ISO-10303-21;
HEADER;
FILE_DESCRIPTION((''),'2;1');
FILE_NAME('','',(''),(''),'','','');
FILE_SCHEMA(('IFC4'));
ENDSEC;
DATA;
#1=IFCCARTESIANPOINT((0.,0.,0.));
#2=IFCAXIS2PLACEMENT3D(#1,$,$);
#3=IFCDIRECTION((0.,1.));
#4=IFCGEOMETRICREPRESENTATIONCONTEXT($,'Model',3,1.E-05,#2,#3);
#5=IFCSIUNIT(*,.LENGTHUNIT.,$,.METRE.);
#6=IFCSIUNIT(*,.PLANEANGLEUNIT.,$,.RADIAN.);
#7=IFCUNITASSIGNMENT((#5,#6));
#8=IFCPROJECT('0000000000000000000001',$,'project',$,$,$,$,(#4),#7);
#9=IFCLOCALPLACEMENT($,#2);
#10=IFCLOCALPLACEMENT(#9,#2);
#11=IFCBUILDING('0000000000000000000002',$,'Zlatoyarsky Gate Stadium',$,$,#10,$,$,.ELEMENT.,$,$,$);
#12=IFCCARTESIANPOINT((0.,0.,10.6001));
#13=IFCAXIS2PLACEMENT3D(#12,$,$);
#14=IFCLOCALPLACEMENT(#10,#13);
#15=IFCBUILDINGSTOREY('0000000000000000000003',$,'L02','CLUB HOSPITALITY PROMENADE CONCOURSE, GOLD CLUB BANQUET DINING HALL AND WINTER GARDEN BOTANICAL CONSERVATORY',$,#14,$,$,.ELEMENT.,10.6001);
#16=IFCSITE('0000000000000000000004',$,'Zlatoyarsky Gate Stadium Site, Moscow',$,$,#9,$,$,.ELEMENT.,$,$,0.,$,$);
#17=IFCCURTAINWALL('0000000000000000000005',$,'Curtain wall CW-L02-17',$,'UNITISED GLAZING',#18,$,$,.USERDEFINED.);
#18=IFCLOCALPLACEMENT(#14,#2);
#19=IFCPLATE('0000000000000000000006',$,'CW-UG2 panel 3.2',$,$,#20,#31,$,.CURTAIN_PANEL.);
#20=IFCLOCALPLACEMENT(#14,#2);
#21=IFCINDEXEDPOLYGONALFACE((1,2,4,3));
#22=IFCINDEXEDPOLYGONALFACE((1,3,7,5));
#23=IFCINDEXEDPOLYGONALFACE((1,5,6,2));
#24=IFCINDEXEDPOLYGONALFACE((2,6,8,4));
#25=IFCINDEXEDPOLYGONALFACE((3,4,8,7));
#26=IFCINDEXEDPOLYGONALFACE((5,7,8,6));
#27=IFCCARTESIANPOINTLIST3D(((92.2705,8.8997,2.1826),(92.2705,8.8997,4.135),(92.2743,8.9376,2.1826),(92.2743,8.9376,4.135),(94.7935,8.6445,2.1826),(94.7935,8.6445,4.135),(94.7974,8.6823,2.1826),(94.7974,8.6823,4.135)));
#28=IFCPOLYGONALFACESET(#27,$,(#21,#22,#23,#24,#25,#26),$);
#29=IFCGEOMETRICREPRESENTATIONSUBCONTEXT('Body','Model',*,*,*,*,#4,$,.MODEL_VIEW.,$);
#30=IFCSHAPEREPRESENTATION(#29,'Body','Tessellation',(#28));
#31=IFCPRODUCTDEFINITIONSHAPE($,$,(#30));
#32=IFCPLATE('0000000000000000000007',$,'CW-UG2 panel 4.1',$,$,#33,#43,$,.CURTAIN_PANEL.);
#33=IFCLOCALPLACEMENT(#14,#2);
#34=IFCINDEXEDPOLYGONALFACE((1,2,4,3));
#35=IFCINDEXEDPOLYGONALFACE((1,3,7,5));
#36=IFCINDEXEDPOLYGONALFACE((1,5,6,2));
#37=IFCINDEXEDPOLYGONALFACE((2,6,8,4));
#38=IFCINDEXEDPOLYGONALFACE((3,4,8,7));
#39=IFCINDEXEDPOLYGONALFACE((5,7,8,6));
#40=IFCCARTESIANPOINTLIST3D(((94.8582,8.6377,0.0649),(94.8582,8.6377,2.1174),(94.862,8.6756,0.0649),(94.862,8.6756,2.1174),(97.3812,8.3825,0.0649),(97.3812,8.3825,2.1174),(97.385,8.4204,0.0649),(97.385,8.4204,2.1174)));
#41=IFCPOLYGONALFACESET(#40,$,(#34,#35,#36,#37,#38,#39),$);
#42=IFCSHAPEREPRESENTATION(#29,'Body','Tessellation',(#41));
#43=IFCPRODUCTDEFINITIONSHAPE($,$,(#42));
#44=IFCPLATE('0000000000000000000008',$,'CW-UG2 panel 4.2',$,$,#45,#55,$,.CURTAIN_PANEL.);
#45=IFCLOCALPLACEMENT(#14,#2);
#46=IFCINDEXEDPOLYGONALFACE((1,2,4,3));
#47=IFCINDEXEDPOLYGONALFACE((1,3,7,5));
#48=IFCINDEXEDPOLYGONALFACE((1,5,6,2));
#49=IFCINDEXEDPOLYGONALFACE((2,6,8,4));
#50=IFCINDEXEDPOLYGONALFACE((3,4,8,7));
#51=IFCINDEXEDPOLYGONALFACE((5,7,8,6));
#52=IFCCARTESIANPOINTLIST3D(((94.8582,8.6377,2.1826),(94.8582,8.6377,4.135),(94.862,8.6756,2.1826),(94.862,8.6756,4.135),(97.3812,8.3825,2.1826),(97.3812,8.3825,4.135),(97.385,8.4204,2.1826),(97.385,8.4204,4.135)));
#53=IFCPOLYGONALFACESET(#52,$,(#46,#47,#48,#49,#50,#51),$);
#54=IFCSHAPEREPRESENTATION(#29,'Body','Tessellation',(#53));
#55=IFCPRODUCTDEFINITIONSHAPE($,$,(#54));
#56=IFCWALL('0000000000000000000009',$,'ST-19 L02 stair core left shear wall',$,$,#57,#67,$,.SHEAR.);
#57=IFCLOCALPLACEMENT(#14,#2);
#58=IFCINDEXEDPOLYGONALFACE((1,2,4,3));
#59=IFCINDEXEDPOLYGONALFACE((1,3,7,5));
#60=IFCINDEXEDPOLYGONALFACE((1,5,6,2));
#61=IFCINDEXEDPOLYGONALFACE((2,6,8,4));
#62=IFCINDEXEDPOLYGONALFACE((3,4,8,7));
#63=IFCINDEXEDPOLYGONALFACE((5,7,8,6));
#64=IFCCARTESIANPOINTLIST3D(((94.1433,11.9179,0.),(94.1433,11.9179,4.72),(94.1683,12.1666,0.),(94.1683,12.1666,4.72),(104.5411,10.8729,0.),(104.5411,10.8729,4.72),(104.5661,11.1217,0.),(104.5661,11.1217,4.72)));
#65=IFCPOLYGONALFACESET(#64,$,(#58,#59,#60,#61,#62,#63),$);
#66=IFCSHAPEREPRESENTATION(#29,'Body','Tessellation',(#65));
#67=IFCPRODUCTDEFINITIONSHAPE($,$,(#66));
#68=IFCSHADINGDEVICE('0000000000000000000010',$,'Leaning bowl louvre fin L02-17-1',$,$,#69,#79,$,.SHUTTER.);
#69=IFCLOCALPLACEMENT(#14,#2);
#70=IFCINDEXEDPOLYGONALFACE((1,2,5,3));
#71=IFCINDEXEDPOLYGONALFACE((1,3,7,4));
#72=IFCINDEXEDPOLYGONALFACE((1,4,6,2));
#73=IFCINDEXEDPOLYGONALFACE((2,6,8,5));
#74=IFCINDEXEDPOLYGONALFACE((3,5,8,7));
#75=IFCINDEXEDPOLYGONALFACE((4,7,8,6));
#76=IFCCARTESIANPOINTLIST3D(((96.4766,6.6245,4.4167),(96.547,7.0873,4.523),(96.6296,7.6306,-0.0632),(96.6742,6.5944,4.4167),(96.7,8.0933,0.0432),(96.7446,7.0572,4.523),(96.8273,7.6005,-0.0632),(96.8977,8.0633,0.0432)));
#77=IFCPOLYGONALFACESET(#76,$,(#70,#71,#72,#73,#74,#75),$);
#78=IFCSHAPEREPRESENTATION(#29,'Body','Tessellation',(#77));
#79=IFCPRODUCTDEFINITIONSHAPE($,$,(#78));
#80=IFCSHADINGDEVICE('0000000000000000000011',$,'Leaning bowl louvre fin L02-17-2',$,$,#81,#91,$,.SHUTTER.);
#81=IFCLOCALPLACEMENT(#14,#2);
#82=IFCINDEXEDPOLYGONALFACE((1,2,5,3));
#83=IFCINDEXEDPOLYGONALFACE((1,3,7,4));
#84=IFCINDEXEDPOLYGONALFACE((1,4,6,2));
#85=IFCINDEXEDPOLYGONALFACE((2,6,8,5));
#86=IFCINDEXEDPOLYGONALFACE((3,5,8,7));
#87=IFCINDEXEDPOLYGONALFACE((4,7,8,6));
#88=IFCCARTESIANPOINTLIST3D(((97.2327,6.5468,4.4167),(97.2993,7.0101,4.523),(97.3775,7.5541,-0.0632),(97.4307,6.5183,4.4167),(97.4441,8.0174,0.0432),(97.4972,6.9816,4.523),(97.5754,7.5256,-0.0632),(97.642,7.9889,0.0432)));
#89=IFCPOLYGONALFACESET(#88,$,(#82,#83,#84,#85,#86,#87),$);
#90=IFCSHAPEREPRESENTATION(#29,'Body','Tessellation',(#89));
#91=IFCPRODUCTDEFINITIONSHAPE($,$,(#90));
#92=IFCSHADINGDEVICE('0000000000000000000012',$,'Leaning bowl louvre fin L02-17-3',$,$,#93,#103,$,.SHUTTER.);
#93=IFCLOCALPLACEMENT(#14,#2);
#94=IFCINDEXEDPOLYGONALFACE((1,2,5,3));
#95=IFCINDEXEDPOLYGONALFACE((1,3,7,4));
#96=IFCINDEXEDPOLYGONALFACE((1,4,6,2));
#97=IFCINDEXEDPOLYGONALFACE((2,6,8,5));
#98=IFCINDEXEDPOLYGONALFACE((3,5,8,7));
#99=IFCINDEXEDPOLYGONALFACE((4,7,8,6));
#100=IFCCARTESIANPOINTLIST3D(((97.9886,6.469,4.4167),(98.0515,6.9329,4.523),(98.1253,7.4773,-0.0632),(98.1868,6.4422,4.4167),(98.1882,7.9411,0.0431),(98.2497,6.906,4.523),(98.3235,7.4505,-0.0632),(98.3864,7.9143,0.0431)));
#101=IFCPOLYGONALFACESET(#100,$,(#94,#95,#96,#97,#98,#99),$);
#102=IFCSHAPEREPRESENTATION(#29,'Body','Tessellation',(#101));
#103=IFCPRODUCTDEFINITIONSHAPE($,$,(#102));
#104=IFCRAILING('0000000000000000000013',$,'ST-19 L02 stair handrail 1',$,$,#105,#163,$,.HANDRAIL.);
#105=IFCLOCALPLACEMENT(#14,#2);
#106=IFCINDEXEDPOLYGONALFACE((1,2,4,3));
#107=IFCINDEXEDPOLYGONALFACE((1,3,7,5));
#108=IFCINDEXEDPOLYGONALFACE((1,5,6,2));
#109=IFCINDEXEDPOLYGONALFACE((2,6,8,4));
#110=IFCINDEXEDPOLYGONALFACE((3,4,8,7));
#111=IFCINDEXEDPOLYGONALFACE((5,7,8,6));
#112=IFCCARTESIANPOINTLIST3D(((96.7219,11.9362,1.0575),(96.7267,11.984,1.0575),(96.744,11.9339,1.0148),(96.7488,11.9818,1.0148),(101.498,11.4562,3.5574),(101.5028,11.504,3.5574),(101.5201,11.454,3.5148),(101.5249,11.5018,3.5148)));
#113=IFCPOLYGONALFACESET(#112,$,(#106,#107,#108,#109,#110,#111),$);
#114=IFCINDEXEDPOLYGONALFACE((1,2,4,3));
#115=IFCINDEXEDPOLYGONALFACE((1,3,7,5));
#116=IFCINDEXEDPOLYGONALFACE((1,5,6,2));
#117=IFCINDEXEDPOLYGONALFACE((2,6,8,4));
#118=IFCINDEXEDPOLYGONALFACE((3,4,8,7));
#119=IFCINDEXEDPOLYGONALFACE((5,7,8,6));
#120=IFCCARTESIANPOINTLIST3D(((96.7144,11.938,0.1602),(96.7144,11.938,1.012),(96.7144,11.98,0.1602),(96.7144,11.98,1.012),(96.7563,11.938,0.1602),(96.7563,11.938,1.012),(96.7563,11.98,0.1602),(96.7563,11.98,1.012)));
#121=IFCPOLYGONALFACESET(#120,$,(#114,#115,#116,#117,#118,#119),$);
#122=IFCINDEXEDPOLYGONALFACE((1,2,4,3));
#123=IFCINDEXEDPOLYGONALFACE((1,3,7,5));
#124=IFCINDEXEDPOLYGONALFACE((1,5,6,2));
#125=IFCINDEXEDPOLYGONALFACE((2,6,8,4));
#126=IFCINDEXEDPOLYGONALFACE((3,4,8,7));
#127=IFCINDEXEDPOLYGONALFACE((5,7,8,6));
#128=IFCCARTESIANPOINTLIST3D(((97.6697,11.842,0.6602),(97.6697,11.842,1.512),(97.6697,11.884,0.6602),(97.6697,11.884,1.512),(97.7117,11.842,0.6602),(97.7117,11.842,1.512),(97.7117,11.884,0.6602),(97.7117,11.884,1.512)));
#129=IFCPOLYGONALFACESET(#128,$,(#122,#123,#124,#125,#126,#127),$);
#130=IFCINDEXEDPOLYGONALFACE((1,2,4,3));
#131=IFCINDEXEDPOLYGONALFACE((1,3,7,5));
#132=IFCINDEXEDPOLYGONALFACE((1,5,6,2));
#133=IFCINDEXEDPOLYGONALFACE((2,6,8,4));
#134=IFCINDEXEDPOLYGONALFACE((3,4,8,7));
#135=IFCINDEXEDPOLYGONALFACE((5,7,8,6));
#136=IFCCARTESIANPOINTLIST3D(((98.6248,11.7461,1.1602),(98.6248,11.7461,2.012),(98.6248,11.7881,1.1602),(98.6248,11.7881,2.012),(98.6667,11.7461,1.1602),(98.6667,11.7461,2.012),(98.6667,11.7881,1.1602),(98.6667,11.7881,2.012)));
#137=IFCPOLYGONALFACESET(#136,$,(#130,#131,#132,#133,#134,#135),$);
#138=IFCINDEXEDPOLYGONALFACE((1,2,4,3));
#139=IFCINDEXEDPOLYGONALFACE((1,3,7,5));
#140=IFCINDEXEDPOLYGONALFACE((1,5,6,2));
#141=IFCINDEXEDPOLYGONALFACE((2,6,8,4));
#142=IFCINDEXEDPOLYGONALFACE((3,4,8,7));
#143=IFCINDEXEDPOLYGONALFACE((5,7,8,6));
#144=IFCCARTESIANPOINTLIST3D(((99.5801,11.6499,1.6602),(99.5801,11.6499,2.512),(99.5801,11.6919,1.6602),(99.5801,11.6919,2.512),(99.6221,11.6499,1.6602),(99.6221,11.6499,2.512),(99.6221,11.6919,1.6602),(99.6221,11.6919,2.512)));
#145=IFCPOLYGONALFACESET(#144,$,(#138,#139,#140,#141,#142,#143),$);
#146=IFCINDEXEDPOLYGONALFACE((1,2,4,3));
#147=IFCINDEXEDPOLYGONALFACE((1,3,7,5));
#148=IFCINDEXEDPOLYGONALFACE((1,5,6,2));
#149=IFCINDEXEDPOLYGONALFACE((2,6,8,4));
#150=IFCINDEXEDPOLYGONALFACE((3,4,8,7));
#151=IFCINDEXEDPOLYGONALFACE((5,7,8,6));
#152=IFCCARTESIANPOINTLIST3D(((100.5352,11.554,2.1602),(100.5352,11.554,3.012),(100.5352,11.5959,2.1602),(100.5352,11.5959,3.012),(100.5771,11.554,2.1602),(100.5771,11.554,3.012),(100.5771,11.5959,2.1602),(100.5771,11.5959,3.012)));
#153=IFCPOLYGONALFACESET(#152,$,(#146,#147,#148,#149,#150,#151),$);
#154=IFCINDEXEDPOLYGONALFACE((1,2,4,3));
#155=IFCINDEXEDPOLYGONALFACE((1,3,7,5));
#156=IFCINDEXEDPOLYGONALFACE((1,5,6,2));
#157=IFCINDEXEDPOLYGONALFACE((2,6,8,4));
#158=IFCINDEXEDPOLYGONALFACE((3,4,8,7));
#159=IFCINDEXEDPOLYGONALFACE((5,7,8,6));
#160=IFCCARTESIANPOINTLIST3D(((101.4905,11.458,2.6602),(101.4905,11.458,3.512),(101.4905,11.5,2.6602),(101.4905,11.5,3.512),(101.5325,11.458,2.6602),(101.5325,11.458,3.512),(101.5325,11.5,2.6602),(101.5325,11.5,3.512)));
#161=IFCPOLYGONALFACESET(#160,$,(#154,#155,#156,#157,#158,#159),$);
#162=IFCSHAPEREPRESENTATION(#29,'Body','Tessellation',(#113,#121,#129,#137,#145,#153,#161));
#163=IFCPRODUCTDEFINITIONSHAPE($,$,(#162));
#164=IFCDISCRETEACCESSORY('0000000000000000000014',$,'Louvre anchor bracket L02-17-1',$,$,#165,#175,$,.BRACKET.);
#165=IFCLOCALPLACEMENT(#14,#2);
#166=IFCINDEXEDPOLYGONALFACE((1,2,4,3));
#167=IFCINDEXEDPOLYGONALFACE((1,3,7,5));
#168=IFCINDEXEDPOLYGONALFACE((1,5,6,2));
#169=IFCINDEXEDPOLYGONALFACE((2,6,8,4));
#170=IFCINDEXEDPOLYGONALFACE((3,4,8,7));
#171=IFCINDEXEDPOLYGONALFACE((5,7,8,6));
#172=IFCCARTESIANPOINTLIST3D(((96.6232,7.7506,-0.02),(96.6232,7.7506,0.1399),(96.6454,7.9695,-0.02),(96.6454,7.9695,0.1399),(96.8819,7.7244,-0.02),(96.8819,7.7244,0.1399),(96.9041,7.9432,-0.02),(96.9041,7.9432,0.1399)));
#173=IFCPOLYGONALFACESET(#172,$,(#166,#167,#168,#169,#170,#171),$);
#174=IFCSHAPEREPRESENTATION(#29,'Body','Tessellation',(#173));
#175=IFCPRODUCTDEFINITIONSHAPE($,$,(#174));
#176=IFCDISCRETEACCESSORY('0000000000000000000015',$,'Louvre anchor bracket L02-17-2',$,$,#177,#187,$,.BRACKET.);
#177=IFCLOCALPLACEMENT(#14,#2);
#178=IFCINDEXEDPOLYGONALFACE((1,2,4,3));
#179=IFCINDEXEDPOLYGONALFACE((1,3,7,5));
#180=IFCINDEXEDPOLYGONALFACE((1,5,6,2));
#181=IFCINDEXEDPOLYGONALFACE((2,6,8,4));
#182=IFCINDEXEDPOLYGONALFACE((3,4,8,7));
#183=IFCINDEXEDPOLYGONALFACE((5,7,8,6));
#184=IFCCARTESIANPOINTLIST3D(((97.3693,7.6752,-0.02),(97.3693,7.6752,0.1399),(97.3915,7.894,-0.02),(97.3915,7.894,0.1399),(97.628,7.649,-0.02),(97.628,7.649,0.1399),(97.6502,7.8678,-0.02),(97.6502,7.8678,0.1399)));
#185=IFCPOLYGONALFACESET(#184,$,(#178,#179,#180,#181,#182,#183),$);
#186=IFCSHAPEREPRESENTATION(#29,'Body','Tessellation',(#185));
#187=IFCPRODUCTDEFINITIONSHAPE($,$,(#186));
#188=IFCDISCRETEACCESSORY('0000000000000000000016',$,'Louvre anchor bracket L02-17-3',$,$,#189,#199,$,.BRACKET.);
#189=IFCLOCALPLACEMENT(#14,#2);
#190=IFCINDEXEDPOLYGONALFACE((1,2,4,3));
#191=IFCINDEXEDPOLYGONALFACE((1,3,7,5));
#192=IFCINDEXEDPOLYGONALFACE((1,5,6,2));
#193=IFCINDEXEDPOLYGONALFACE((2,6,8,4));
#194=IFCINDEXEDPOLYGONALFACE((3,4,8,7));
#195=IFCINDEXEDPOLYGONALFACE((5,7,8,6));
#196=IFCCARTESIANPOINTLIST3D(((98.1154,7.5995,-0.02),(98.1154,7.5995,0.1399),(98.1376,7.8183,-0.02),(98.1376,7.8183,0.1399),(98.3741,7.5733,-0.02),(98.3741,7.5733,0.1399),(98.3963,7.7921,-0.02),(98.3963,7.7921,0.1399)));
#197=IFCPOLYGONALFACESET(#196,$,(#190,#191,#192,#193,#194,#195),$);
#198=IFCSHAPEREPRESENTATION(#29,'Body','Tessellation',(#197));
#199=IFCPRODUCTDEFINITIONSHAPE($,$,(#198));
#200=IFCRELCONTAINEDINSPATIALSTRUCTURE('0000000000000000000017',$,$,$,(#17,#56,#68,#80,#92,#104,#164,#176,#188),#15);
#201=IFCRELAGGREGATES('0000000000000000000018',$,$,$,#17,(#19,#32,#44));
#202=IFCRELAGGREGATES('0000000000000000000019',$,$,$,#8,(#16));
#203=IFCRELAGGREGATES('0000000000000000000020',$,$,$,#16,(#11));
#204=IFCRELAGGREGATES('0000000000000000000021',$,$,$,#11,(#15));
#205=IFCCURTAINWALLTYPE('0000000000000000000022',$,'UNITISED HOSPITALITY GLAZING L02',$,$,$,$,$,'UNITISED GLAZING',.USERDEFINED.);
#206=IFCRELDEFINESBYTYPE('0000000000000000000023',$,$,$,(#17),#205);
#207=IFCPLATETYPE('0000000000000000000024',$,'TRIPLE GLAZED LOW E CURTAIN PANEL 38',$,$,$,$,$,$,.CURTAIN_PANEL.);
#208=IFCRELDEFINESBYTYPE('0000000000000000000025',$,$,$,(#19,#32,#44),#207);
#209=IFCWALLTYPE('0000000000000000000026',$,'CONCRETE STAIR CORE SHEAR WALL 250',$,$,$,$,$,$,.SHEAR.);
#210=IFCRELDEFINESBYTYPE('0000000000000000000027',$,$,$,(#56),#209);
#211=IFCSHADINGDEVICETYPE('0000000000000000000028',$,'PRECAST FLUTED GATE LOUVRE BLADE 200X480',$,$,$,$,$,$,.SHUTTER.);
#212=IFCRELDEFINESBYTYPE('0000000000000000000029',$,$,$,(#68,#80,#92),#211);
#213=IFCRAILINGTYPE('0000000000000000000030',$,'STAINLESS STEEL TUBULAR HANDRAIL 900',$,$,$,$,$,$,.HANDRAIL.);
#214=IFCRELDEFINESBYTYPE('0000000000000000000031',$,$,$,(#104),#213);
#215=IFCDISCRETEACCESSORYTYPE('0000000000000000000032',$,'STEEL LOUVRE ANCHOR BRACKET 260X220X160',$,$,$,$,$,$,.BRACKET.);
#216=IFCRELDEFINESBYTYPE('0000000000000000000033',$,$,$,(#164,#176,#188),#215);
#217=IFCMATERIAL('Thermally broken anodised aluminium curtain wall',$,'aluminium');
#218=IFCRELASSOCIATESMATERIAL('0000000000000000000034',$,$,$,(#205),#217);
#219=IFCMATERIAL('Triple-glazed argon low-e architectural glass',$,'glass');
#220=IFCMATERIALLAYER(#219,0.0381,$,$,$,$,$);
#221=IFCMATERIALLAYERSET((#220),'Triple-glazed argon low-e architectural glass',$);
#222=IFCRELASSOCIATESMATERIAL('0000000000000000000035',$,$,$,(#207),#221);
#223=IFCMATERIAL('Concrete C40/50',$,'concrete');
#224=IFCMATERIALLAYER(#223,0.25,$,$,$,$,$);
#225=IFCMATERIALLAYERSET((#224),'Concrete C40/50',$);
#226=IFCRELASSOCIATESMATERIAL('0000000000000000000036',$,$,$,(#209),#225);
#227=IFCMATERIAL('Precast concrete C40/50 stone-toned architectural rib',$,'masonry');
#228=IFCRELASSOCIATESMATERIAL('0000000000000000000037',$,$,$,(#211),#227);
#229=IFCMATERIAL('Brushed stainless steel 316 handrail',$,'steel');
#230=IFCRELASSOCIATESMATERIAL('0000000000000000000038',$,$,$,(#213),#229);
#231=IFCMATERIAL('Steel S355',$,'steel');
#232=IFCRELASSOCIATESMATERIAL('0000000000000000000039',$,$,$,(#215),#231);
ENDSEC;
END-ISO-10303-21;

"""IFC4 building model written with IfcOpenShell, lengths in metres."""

from ifc_helpers import new_model, si_unit, direction, frame, frame_2d, origin, origin_2d, place, context, subcontext, project, spatial, rectangle, extrude, material, layer, layer_set, material_profile, profile_set, type_object, element, aggregate, save


model = new_model("IFC4")

# Units and contexts
model_context = context("Model", 3, precision=1e-05, world=origin(), true_north=direction((0.0, 1.0)))
body_context = subcontext(model_context, "Body", "Model", "MODEL_VIEW")
ifc_project = project(units=[si_unit("LENGTHUNIT", "METRE"), si_unit("PLANEANGLEUNIT", "RADIAN")], contexts=[model_context])

# Site, building, storey
site_placement = place(None, origin())
site = spatial("IfcSite", under=ifc_project, at=site_placement, Name="Zlatoyarsky Gate Stadium Site, Moscow", CompositionType="ELEMENT", RefElevation=0.0)
building_placement = place(site_placement, origin())
building = spatial("IfcBuilding", under=site, at=building_placement, Name="Zlatoyarsky Gate Stadium", CompositionType="ELEMENT")
storey_placement = place(building_placement, frame((0.0, 0.0, 10.6001)))
storey = spatial("IfcBuildingStorey", under=building, at=storey_placement, Name="L02", Description="CLUB HOSPITALITY PROMENADE CONCOURSE, GOLD CLUB BANQUET DINING HALL AND WINTER GARDEN BOTANICAL CONSERVATORY", CompositionType="ELEMENT", Elevation=10.6001)

# Shared definitions
ifc_material_1 = material(Name="Steel S355", Category="steel")

# Curtain wall
ifc_material_2 = material(Name="Thermally broken anodised aluminium curtain wall", Category="aluminium")
curtain_wall_type = type_object("IfcCurtainWallType", Name="UNITISED HOSPITALITY GLAZING L02", ElementType="UNITISED GLAZING", PredefinedType="USERDEFINED", material=ifc_material_2)
curtain_wall_placement = place(storey_placement, origin())
curtain_wall = element("IfcCurtainWall", 1, at=curtain_wall_placement, inside=storey, type_object=curtain_wall_type, Name="Curtain wall CW-L02-17", ObjectType="UNITISED GLAZING", PredefinedType="USERDEFINED")

# Plates
ifc_material_3 = material(Name="Triple-glazed argon low-e architectural glass", Category="glass")
ifc_layer_1 = layer(ifc_material_3, 0.0381)
ifc_layer_set_1 = layer_set([ifc_layer_1], Name="Triple-glazed argon low-e architectural glass")
plate_type_1 = type_object("IfcPlateType", Name="TRIPLE GLAZED LOW E CURTAIN PANEL 38", PredefinedType="CURTAIN_PANEL", material=ifc_layer_set_1)
plate_1_placement = place(storey_placement, frame((93.5339, 8.791, 2.1826), z_axis=(0.0, 0.0, 1.0), x_axis=(0.994922, -0.100645, 0.0)))
plate_1 = element("IfcPlate", 2, at=plate_1_placement, type_object=plate_type_1, Name="CW-UG2 panel 3.2", PredefinedType="CURTAIN_PANEL", context=body_context, shape_type="SweptSolid", body=[
    extrude(rectangle(XDim=2.5359, YDim=0.0381, at=origin_2d()), origin(), (0.0, 0.0, 1.0), 1.9524),
])
plate_2_placement = place(storey_placement, frame((96.1216, 8.5291, 0.0649), z_axis=(0.0, 0.0, 1.0), x_axis=(0.994922, -0.100645, 0.0)))
plate_2 = element("IfcPlate", 3, at=plate_2_placement, type_object=plate_type_1, Name="CW-UG2 panel 4.1", PredefinedType="CURTAIN_PANEL", context=body_context, shape_type="SweptSolid", body=[
    extrude(rectangle(XDim=2.5359, YDim=0.0381, at=origin_2d()), origin(), (0.0, 0.0, 1.0), 2.0525),
])
plate_3_placement = place(storey_placement, frame((96.1216, 8.5291, 2.1826), z_axis=(0.0, 0.0, 1.0), x_axis=(0.994922, -0.100645, 0.0)))
plate_3 = element("IfcPlate", 4, at=plate_3_placement, type_object=plate_type_1, Name="CW-UG2 panel 4.2", PredefinedType="CURTAIN_PANEL", context=body_context, shape_type="SweptSolid", body=[
    extrude(rectangle(XDim=2.5359, YDim=0.0381, at=origin_2d()), origin(), (0.0, 0.0, 1.0), 1.9524),
])
aggregate(curtain_wall, [plate_1, plate_2, plate_3])

# Wall
ifc_material_4 = material(Name="Concrete C40/50", Category="concrete")
ifc_layer_2 = layer(ifc_material_4, 0.25)
ifc_layer_set_2 = layer_set([ifc_layer_2], Name="Concrete C40/50")
wall_type = type_object("IfcWallType", Name="CONCRETE STAIR CORE SHEAR WALL 250", PredefinedType="SHEAR", material=ifc_layer_set_2)
wall_placement = place(storey_placement, frame((94.1558, 12.0422, 0.0), z_axis=(0.0, 0.0, 1.0), x_axis=(0.994988, -0.099992, 0.0)))
element("IfcWall", 5, at=wall_placement, inside=storey, type_object=wall_type, Name="ST-19 L02 stair core left shear wall", PredefinedType="SHEAR", context=body_context, shape_type="SweptSolid", body=[
    extrude(rectangle(XDim=10.4502, YDim=0.25, at=frame_2d((5.2251, 0.0))), origin(), (0.0, 0.0, 1.0), 4.72),
])

# Shading devices
ifc_material_5 = material(Name="Precast concrete C40/50 stone-toned architectural rib", Category="masonry")
ifc_material_profile_1 = material_profile(ifc_material_5, rectangle(XDim=0.2, YDim=0.48, at=origin_2d()), Name="RIB 200X480")
ifc_profile_set_1 = profile_set([ifc_material_profile_1], Name="Precast concrete C40/50 stone-toned architectural rib")
shading_device_type = type_object("IfcShadingDeviceType", Name="PRECAST FLUTED GATE LOUVRE BLADE 200X480", PredefinedType="SHUTTER", material=ifc_profile_set_1)
for number, where, z_axis, x_axis, name in (
    (6, (96.7637, 7.8469, -0.01), (-0.03332, -0.218998, 0.975156), (0.988623, -0.150417, 0.0), "Leaning bowl louvre fin L02-17-1"),
    (7, (97.5098, 7.7715, -0.01), (-0.031513, -0.219264, 0.975156), (0.989829, -0.142261, 0.0), "Leaning bowl louvre fin L02-17-2"),
    (8, (98.2559, 7.6958, -0.01), (-0.02976, -0.219478, 0.975163), (0.990932, -0.134364, 0.0), "Leaning bowl louvre fin L02-17-3"),
):
    element("IfcShadingDevice", number, at=place(storey_placement, frame(where, z_axis=z_axis, x_axis=x_axis)), inside=storey, type_object=shading_device_type, Name=name, PredefinedType="SHUTTER", context=body_context, shape_type="SweptSolid", body=[
        extrude(rectangle(XDim=0.2, YDim=0.48, at=origin_2d()), origin(), (0.0, 0.0, 1.0), 4.594),
    ])

# Railing
ifc_material_6 = material(Name="Brushed stainless steel 316 handrail", Category="steel")
railing_type = type_object("IfcRailingType", Name="STAINLESS STEEL TUBULAR HANDRAIL 900", PredefinedType="HANDRAIL", material=ifc_material_6)
railing_placement = place(storey_placement, frame((96.7354, 11.959, 0.1602)))
element("IfcRailing", 9, at=railing_placement, inside=storey, type_object=railing_type, Name="ST-19 L02 stair handrail 1", PredefinedType="HANDRAIL", context=body_context, shape_type="SweptSolid", body=[
    extrude(rectangle(XDim=0.0481, YDim=0.0481, at=origin_2d()), frame((0.0, 0.0, 0.876), z_axis=(0.882476, -0.088685, 0.461921), x_axis=(0.099992, 0.994988, 0.0)), (0.0, 0.0, 1.0), 5.4121),
    extrude(rectangle(XDim=0.042, YDim=0.042, at=origin_2d()), origin(), (0.0, 0.0, 1.0), 0.8518),
    extrude(rectangle(XDim=0.042, YDim=0.042, at=origin_2d()), frame((0.9553, -0.0959, 0.5)), (0.0, 0.0, 1.0), 0.8518),
    extrude(rectangle(XDim=0.042, YDim=0.042, at=origin_2d()), frame((1.9104, -0.1919, 1.0)), (0.0, 0.0, 1.0), 0.8518),
    extrude(rectangle(XDim=0.042, YDim=0.042, at=origin_2d()), frame((2.8657, -0.2881, 1.5)), (0.0, 0.0, 1.0), 0.8518),
    extrude(rectangle(XDim=0.042, YDim=0.042, at=origin_2d()), frame((3.8208, -0.384, 2.0)), (0.0, 0.0, 1.0), 0.8518),
    extrude(rectangle(XDim=0.042, YDim=0.042, at=origin_2d()), frame((4.7761, -0.48, 2.5)), (0.0, 0.0, 1.0), 0.8518),
])

# Discrete accessories
discrete_accessory_type = type_object("IfcDiscreteAccessoryType", Name="STEEL LOUVRE ANCHOR BRACKET 260X220X160", PredefinedType="BRACKET", material=ifc_material_1)
for number, where, z_axis, x_axis, name in (
    (10, (96.7637, 7.8469, -0.02), (0.0, 0.0, 1.0), (0.994903, -0.100837, 0.0), "Louvre anchor bracket L02-17-1"),
    (11, (97.5098, 7.7715, -0.02), (0.0, 0.0, 1.0), (0.994903, -0.100837, 0.0), "Louvre anchor bracket L02-17-2"),
    (12, (98.2559, 7.6958, -0.02), (0.0, 0.0, 1.0), (0.994903, -0.100837, 0.0), "Louvre anchor bracket L02-17-3"),
):
    element("IfcDiscreteAccessory", number, at=place(storey_placement, frame(where, z_axis=z_axis, x_axis=x_axis)), inside=storey, type_object=discrete_accessory_type, Name=name, PredefinedType="BRACKET", context=body_context, shape_type="SweptSolid", body=[
        extrude(rectangle(XDim=0.26, YDim=0.22, at=origin_2d()), origin(), (0.0, 0.0, 1.0), 0.1599),
    ])

save(model, "model.ifc")
